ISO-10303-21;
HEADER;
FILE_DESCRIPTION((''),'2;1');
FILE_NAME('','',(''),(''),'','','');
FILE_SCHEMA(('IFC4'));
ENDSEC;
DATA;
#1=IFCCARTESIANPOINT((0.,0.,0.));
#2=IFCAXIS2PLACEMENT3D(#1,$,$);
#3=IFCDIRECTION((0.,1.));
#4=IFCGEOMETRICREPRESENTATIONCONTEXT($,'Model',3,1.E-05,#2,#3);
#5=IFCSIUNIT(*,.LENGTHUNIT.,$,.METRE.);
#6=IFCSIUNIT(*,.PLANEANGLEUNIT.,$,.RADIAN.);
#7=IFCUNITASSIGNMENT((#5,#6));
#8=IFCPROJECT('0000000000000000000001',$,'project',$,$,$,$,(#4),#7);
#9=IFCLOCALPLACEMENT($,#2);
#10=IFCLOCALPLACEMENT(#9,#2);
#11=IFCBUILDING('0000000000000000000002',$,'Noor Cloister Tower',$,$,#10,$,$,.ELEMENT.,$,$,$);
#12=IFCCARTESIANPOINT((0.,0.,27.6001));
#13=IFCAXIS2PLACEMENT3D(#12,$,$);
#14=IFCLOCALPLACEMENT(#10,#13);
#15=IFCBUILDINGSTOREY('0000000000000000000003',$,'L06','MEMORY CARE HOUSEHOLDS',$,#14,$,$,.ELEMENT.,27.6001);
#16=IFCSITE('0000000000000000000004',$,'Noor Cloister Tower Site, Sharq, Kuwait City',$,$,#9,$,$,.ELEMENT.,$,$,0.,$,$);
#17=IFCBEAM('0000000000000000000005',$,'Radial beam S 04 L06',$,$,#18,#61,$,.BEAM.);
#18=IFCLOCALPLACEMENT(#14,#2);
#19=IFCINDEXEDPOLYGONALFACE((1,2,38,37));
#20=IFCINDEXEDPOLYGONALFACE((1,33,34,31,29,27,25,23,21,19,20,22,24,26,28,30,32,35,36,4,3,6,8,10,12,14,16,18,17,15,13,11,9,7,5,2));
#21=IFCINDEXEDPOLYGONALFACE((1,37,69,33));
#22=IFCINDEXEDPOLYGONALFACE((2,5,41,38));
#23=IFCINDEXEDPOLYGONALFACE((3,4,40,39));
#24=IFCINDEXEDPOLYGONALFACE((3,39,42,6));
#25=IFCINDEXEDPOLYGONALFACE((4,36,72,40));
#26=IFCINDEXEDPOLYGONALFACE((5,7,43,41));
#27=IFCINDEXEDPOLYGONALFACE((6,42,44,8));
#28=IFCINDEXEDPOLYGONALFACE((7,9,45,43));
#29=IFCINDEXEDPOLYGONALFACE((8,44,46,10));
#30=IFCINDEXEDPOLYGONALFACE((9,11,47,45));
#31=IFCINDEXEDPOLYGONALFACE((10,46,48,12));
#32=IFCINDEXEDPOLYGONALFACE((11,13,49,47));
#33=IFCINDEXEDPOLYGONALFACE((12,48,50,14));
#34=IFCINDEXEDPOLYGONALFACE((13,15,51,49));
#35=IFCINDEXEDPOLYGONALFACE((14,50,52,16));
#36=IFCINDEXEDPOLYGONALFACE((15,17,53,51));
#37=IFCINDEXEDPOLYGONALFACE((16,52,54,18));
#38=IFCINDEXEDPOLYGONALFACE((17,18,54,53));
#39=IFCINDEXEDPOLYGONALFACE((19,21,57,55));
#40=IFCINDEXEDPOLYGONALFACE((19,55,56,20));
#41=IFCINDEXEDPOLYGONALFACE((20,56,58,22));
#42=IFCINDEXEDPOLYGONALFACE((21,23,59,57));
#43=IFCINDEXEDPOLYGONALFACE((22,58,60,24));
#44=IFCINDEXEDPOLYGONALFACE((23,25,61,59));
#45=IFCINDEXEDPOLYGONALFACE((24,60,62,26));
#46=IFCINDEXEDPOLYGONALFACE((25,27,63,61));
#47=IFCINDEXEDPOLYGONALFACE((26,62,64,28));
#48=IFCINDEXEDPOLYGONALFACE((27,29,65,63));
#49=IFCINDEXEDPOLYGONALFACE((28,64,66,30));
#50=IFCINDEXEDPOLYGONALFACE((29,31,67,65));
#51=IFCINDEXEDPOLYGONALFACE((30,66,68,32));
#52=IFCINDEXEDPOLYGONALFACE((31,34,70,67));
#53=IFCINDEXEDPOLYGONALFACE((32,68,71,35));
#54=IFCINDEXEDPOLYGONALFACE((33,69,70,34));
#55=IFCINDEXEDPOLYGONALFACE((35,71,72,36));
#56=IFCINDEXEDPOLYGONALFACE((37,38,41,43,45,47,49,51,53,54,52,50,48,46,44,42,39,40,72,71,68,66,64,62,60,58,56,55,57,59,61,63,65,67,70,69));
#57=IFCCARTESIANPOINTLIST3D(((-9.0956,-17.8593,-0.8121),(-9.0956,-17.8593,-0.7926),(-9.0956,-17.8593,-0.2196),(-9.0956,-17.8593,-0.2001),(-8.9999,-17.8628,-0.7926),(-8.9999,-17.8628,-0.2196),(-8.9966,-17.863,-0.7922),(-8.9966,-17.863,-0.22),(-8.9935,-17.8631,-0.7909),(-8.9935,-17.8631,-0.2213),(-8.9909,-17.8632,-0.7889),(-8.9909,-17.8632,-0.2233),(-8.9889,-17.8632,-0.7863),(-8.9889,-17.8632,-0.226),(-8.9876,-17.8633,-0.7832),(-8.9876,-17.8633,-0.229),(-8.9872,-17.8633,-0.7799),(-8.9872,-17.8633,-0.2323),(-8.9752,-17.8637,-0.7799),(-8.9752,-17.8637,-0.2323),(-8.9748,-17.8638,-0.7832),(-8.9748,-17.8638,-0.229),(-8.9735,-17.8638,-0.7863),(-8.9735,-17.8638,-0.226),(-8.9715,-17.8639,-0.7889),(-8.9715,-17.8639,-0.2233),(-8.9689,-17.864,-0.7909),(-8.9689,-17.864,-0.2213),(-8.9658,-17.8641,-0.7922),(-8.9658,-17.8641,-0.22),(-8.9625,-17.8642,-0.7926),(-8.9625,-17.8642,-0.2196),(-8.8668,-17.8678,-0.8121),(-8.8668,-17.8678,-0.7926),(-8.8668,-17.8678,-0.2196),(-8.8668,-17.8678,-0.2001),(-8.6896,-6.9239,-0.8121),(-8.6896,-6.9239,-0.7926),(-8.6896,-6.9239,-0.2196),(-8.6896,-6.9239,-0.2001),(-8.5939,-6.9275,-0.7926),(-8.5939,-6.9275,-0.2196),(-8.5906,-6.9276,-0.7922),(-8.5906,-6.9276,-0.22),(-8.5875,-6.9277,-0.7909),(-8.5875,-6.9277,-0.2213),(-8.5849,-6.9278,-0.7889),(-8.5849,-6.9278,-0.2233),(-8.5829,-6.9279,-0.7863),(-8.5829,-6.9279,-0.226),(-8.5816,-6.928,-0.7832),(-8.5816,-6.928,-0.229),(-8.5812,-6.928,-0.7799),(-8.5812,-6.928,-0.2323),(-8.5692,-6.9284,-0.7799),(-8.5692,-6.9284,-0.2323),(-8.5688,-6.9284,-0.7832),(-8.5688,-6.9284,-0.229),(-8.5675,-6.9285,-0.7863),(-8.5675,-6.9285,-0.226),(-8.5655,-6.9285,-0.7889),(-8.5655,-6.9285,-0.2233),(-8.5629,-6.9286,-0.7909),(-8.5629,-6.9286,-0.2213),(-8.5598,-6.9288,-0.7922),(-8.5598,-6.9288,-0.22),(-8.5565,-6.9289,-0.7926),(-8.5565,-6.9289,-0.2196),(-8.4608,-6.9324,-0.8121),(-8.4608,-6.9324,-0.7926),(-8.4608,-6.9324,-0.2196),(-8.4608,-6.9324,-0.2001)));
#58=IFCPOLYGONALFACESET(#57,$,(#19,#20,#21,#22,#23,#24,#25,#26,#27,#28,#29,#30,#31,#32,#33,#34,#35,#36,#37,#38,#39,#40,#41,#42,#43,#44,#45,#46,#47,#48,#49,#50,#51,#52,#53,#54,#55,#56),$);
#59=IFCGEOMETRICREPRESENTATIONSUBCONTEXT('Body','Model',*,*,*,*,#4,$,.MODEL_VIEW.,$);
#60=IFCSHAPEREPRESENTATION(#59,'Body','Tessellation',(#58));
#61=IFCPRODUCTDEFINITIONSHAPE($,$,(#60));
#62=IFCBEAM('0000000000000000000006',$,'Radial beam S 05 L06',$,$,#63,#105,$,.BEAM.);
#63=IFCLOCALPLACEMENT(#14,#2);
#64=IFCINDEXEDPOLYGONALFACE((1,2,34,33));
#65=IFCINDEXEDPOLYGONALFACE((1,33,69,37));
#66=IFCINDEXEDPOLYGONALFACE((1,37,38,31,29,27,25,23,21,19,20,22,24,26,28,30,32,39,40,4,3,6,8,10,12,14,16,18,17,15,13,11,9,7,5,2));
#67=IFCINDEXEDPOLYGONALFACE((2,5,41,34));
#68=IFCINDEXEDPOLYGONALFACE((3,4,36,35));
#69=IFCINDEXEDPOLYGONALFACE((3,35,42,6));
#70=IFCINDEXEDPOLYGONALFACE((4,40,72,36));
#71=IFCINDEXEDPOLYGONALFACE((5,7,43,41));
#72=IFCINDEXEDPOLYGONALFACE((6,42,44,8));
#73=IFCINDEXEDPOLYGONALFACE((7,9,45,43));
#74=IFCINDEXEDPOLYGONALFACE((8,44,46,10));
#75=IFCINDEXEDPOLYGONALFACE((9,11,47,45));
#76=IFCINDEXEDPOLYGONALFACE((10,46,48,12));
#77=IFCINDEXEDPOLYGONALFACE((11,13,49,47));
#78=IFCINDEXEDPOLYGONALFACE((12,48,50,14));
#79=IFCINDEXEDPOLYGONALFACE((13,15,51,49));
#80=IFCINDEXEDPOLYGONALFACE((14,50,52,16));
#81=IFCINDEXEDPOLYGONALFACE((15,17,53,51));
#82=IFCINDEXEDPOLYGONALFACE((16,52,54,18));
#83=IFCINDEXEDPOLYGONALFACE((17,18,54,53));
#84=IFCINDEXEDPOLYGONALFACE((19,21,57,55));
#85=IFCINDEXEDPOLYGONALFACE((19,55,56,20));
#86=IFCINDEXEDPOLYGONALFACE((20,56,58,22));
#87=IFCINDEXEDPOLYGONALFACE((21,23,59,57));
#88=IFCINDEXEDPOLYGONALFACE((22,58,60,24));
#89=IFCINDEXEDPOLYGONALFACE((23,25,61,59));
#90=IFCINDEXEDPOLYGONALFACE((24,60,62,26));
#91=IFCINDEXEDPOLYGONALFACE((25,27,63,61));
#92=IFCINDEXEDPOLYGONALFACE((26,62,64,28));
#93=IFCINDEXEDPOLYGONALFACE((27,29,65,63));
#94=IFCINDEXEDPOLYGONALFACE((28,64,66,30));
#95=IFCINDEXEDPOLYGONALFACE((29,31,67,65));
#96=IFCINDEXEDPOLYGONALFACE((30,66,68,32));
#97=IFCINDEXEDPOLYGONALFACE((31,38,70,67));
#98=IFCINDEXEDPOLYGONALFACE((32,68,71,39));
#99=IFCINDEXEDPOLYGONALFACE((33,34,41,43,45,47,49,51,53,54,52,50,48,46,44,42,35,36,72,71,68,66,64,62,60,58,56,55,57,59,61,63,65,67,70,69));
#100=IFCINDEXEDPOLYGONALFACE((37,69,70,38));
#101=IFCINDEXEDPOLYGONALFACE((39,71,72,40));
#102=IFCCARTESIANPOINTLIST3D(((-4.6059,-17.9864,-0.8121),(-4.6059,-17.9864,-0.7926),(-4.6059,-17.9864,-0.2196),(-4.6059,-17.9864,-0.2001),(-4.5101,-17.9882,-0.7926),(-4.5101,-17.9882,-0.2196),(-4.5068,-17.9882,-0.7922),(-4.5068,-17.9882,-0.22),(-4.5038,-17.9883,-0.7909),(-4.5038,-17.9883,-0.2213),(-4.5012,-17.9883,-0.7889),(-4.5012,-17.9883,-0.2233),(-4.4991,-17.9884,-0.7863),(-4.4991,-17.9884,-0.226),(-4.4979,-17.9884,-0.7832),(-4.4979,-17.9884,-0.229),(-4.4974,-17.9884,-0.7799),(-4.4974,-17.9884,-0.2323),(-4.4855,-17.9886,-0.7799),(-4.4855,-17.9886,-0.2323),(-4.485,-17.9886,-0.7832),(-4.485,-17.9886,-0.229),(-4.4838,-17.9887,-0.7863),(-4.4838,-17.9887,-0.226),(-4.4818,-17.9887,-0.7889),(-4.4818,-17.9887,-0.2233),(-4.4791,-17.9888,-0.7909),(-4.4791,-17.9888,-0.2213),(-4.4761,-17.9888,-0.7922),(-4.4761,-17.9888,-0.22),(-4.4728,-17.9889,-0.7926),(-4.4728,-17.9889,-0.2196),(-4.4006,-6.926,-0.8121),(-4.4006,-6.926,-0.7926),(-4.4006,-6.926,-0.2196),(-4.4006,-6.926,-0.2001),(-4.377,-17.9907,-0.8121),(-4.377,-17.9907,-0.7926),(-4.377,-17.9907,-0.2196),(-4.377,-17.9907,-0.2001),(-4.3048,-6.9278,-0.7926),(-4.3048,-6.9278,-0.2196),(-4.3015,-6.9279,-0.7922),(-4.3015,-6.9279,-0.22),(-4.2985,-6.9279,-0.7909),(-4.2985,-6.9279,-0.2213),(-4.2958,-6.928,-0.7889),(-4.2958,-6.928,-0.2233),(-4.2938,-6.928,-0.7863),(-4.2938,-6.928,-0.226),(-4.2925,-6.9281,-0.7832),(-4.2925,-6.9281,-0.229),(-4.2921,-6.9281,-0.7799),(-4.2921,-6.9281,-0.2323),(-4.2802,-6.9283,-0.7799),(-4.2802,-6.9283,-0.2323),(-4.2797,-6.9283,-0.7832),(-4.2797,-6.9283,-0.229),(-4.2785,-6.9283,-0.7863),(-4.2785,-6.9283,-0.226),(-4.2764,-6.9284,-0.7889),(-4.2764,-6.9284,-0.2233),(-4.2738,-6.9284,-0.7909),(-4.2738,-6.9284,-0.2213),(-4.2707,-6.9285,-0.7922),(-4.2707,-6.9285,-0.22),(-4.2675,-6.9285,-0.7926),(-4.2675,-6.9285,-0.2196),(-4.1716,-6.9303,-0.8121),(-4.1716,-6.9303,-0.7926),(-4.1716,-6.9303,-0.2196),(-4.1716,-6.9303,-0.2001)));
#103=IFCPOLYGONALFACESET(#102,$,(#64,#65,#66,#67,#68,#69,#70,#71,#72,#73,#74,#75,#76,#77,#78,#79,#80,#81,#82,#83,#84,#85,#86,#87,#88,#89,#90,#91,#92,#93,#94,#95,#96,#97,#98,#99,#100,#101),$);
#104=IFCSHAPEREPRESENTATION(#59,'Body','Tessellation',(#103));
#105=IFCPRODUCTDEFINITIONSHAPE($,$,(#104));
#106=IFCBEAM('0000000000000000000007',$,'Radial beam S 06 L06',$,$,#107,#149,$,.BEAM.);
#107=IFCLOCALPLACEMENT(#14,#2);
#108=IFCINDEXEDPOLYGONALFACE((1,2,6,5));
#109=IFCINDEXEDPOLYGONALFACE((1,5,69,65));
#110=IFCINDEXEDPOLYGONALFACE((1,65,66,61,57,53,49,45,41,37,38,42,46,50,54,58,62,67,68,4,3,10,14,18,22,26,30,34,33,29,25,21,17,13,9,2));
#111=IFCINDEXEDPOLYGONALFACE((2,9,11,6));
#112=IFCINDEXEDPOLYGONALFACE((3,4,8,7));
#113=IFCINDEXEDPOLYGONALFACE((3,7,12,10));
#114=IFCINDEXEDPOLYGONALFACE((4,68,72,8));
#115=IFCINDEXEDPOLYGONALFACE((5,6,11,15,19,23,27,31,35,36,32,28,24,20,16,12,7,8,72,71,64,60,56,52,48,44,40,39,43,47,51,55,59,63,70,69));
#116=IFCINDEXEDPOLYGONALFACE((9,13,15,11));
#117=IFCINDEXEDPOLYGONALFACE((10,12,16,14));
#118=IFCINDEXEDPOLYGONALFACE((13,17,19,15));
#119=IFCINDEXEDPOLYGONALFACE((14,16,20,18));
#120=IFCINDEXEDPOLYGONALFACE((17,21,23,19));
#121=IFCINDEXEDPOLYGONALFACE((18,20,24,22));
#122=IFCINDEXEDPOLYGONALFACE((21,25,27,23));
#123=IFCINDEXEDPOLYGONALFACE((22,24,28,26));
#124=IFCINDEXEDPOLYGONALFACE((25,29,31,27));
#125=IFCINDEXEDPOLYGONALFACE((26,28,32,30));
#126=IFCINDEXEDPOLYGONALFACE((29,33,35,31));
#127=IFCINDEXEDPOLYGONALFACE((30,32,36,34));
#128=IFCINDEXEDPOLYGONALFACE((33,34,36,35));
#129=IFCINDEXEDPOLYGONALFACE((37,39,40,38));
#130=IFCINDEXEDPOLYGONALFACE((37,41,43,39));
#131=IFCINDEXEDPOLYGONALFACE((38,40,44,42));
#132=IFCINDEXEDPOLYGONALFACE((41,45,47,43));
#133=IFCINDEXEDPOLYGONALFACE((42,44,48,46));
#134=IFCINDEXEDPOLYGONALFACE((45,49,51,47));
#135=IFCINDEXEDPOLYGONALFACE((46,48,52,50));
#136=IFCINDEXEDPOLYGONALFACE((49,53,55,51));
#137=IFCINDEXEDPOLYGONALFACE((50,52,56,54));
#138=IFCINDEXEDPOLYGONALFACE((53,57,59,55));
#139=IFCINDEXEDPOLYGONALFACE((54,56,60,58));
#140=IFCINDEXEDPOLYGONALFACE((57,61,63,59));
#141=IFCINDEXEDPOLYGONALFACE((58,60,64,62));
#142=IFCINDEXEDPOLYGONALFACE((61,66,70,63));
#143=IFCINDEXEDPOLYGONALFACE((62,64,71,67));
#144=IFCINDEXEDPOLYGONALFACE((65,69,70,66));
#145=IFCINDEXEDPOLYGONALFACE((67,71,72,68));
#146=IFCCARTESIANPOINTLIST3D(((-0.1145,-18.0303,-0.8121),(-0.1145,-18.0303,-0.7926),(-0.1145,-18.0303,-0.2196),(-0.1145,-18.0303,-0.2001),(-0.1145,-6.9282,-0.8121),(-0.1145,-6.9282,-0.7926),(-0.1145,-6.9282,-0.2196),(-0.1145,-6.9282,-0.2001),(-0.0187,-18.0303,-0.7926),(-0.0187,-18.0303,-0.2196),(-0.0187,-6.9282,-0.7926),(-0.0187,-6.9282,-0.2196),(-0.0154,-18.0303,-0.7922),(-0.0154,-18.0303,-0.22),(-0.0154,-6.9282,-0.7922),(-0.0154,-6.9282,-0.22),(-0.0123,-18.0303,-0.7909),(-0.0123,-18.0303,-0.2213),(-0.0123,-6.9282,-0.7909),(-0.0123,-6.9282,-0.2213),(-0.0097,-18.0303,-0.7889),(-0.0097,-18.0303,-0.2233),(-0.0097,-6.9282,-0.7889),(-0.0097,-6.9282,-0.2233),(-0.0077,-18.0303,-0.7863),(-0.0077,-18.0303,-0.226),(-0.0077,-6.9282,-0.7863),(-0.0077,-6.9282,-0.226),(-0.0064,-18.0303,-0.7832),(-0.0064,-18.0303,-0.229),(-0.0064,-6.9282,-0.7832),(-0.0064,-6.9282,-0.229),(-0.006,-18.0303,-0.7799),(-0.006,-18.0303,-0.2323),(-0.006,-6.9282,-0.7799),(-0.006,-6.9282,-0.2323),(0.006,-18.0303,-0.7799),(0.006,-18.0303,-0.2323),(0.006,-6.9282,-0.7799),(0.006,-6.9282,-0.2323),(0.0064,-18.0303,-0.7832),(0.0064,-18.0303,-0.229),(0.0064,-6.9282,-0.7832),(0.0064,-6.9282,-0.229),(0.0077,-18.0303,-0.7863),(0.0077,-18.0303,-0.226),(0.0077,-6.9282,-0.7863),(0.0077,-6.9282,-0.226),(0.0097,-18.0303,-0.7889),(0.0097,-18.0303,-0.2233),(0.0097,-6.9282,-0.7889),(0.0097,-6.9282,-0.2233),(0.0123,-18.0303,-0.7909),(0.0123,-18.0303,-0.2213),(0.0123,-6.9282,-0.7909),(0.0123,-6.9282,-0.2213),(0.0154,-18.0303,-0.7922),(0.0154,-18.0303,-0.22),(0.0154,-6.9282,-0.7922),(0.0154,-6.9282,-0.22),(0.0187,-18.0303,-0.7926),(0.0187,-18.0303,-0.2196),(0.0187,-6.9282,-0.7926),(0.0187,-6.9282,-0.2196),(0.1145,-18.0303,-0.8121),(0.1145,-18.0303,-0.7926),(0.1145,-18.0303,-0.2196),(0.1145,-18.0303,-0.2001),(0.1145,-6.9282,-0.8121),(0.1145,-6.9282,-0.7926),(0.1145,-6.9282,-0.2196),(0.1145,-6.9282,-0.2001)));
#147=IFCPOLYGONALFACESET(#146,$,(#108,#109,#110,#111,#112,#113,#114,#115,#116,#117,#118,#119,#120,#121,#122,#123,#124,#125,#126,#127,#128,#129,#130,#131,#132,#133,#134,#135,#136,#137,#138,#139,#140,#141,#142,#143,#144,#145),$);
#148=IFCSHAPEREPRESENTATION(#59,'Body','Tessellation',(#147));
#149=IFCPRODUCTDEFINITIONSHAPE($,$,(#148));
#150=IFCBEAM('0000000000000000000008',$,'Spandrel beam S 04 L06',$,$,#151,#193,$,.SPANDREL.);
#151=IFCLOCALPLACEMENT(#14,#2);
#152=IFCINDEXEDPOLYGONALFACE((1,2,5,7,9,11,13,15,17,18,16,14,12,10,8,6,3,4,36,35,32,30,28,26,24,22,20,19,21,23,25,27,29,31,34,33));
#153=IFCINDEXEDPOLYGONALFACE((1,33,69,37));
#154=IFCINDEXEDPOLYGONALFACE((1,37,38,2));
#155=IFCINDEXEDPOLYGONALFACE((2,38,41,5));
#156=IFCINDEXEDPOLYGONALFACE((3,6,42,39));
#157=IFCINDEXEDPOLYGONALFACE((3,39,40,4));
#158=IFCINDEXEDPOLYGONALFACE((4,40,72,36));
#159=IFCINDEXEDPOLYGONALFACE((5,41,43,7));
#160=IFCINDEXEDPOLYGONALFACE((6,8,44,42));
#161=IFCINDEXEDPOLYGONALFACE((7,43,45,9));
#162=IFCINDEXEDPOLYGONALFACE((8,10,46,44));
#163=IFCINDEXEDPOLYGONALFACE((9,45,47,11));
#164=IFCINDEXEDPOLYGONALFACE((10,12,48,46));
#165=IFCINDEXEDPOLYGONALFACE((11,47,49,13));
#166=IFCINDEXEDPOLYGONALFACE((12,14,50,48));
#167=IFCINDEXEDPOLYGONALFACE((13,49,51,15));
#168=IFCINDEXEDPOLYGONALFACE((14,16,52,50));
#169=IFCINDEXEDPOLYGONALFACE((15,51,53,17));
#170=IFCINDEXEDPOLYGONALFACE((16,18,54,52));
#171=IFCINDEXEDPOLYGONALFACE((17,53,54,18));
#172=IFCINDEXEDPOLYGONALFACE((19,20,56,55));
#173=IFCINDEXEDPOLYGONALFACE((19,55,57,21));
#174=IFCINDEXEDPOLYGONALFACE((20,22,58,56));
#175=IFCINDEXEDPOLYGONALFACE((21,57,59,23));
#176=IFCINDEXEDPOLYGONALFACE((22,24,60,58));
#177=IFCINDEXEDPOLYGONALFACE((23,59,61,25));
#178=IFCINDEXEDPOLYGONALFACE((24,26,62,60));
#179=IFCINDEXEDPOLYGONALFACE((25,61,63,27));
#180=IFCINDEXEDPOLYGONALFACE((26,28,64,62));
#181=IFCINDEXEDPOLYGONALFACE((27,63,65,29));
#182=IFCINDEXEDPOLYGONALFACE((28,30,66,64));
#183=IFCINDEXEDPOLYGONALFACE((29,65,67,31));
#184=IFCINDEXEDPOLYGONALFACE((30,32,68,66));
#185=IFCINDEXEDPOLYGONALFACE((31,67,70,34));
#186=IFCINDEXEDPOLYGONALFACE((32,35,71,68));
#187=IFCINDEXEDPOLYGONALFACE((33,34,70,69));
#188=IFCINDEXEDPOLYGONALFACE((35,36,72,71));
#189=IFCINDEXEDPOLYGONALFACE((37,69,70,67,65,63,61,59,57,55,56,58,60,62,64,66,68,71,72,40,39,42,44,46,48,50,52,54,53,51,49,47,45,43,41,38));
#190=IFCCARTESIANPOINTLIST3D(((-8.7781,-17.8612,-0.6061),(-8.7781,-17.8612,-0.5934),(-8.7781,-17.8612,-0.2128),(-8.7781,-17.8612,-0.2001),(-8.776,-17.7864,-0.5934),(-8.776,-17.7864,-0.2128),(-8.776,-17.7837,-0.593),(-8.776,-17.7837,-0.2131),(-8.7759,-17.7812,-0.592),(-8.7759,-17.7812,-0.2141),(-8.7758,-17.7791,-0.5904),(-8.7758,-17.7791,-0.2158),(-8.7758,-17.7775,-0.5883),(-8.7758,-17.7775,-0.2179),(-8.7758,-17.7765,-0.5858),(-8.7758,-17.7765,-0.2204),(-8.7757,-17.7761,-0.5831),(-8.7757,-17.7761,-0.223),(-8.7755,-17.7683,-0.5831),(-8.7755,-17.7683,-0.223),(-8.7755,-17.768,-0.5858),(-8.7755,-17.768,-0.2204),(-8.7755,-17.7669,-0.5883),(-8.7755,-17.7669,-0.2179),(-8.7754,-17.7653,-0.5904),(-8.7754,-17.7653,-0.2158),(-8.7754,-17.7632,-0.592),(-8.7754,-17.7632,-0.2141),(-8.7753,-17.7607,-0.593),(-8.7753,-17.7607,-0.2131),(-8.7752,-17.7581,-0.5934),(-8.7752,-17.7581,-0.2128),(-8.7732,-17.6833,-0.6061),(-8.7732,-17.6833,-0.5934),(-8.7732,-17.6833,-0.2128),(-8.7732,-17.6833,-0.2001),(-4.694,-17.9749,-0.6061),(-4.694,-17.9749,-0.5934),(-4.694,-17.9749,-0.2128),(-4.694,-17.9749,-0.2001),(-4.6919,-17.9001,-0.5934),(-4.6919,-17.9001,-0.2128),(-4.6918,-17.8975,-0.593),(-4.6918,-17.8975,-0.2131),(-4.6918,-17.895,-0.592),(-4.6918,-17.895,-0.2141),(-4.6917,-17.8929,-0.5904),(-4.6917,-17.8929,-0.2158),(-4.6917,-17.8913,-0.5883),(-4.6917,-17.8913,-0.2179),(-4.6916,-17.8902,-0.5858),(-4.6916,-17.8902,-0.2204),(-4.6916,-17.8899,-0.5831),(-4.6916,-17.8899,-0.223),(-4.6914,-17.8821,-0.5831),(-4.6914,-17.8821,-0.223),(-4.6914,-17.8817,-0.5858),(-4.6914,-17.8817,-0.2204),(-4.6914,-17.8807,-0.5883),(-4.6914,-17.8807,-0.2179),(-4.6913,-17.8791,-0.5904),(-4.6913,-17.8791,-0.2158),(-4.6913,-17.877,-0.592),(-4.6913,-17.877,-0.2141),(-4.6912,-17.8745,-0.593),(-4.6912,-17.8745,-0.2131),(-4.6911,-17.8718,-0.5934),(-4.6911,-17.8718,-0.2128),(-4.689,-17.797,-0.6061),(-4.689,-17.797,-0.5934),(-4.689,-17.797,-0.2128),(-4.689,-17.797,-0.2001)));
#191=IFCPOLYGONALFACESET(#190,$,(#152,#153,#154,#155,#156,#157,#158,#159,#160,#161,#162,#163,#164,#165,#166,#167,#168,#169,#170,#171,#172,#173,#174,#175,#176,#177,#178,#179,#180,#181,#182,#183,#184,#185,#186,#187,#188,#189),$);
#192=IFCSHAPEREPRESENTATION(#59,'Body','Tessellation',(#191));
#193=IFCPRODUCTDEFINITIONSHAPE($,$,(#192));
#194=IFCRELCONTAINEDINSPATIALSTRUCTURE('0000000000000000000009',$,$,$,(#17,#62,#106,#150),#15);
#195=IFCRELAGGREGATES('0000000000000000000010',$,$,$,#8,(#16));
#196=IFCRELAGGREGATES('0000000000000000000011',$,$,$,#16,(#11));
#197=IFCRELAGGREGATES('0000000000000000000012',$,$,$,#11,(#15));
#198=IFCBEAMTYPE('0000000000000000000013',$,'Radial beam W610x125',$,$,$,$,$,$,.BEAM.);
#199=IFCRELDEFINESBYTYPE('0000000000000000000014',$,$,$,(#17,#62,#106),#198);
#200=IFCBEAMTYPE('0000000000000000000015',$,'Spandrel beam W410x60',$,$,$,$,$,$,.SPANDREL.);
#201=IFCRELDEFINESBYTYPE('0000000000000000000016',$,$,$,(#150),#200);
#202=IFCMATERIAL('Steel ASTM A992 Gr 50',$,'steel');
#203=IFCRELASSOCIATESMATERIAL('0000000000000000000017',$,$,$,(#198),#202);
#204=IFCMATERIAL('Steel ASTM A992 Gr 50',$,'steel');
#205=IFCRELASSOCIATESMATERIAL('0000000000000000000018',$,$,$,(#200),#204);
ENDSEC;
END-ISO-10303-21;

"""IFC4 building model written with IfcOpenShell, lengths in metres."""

from ifc_helpers import new_model, si_unit, direction, frame, origin, origin_2d, place, context, subcontext, project, spatial, i_section, extrude, material, material_profile, profile_set, type_object, element, save


model = new_model("IFC4")

# Units and contexts
model_context = context("Model", 3, precision=1e-05, world=origin(), true_north=direction((0.0, 1.0)))
body_context = subcontext(model_context, "Body", "Model", "MODEL_VIEW")
ifc_project = project(units=[si_unit("LENGTHUNIT", "METRE"), si_unit("PLANEANGLEUNIT", "RADIAN")], contexts=[model_context])

# Site, building, storey
site_placement = place(None, origin())
site = spatial("IfcSite", under=ifc_project, at=site_placement, Name="Noor Cloister Tower Site, Sharq, Kuwait City", CompositionType="ELEMENT", RefElevation=0.0)
building_placement = place(site_placement, origin())
building = spatial("IfcBuilding", under=site, at=building_placement, Name="Noor Cloister Tower", CompositionType="ELEMENT")
storey_placement = place(building_placement, frame((0.0, 0.0, 27.6001)))
storey = spatial("IfcBuildingStorey", under=building, at=storey_placement, Name="L06", Description="MEMORY CARE HOUSEHOLDS", CompositionType="ELEMENT", Elevation=27.6001)

# Beams
ifc_material_1 = material(Name="Steel ASTM A992 Gr 50", Category="steel")
ifc_material_profile_1 = material_profile(ifc_material_1, i_section(OverallWidth=0.229, OverallDepth=0.6121, WebThickness=0.012, FlangeThickness=0.0195, FilletRadius=0.0127, at=origin_2d()), Name="W610x125")
ifc_profile_set_1 = profile_set([ifc_material_profile_1], Name="Steel ASTM A992 Gr 50")
beam_type_1 = type_object("IfcBeamType", Name="Radial beam W610x125", PredefinedType="BEAM", material=ifc_profile_set_1)
beam_1_placement = place(storey_placement, frame((-8.9812, -17.8635, -0.5061), z_axis=(0.037102, 0.999311, 0.0), x_axis=(-0.999311, 0.037102, 0.0)))
element("IfcBeam", 1, at=beam_1_placement, inside=storey, type_object=beam_type_1, Name="Radial beam S 04 L06", PredefinedType="BEAM", context=body_context, shape_type="SweptSolid", body=[
    extrude(i_section(OverallWidth=0.229, OverallDepth=0.6121, WebThickness=0.012, FlangeThickness=0.0195, FilletRadius=0.0127, at=origin_2d()), origin(), (0.0, 0.0, 1.0), 10.9429),
])
beam_2_placement = place(storey_placement, frame((-4.4915, -17.9885, -0.5061), z_axis=(0.018561, 0.999828, 0.0), x_axis=(-0.999828, 0.018561, 0.0)))
element("IfcBeam", 2, at=beam_2_placement, inside=storey, type_object=beam_type_1, Name="Radial beam S 05 L06", PredefinedType="BEAM", context=body_context, shape_type="SweptSolid", body=[
    extrude(i_section(OverallWidth=0.229, OverallDepth=0.6121, WebThickness=0.012, FlangeThickness=0.0195, FilletRadius=0.0127, at=origin_2d()), origin(), (0.0, 0.0, 1.0), 11.0623),
])
beam_3_placement = place(storey_placement, frame((0.0, -18.0303, -0.5061), z_axis=(0.0, 1.0, 0.0), x_axis=(-1.0, 0.0, 0.0)))
element("IfcBeam", 3, at=beam_3_placement, inside=storey, type_object=beam_type_1, Name="Radial beam S 06 L06", PredefinedType="BEAM", context=body_context, shape_type="SweptSolid", body=[
    extrude(i_section(OverallWidth=0.229, OverallDepth=0.6121, WebThickness=0.012, FlangeThickness=0.0195, FilletRadius=0.0127, at=origin_2d()), origin(), (0.0, 0.0, 1.0), 11.1021),
])
ifc_material_2 = material(Name="Steel ASTM A992 Gr 50", Category="steel")
ifc_material_profile_2 = material_profile(ifc_material_2, i_section(OverallWidth=0.178, OverallDepth=0.406, WebThickness=0.0078, FlangeThickness=0.0127, FilletRadius=0.0103, at=origin_2d()), Name="W410x60")
ifc_profile_set_2 = profile_set([ifc_material_profile_2], Name="Steel ASTM A992 Gr 50")
beam_type_2 = type_object("IfcBeamType", Name="Spandrel beam W410x60", PredefinedType="SPANDREL", material=ifc_profile_set_2)
beam_4_placement = place(storey_placement, frame((-8.7756, -17.7722, -0.4031), z_axis=(0.999612, -0.027845, 0.0), x_axis=(0.027845, 0.999612, 0.0)))
element("IfcBeam", 4, at=beam_4_placement, inside=storey, type_object=beam_type_2, Name="Spandrel beam S 04 L06", PredefinedType="SPANDREL", context=body_context, shape_type="SweptSolid", body=[
    extrude(i_section(OverallWidth=0.178, OverallDepth=0.406, WebThickness=0.0078, FlangeThickness=0.0127, FilletRadius=0.0103, at=origin_2d()), origin(), (0.0, 0.0, 1.0), 4.0857),
])

save(model, "model.ifc")
